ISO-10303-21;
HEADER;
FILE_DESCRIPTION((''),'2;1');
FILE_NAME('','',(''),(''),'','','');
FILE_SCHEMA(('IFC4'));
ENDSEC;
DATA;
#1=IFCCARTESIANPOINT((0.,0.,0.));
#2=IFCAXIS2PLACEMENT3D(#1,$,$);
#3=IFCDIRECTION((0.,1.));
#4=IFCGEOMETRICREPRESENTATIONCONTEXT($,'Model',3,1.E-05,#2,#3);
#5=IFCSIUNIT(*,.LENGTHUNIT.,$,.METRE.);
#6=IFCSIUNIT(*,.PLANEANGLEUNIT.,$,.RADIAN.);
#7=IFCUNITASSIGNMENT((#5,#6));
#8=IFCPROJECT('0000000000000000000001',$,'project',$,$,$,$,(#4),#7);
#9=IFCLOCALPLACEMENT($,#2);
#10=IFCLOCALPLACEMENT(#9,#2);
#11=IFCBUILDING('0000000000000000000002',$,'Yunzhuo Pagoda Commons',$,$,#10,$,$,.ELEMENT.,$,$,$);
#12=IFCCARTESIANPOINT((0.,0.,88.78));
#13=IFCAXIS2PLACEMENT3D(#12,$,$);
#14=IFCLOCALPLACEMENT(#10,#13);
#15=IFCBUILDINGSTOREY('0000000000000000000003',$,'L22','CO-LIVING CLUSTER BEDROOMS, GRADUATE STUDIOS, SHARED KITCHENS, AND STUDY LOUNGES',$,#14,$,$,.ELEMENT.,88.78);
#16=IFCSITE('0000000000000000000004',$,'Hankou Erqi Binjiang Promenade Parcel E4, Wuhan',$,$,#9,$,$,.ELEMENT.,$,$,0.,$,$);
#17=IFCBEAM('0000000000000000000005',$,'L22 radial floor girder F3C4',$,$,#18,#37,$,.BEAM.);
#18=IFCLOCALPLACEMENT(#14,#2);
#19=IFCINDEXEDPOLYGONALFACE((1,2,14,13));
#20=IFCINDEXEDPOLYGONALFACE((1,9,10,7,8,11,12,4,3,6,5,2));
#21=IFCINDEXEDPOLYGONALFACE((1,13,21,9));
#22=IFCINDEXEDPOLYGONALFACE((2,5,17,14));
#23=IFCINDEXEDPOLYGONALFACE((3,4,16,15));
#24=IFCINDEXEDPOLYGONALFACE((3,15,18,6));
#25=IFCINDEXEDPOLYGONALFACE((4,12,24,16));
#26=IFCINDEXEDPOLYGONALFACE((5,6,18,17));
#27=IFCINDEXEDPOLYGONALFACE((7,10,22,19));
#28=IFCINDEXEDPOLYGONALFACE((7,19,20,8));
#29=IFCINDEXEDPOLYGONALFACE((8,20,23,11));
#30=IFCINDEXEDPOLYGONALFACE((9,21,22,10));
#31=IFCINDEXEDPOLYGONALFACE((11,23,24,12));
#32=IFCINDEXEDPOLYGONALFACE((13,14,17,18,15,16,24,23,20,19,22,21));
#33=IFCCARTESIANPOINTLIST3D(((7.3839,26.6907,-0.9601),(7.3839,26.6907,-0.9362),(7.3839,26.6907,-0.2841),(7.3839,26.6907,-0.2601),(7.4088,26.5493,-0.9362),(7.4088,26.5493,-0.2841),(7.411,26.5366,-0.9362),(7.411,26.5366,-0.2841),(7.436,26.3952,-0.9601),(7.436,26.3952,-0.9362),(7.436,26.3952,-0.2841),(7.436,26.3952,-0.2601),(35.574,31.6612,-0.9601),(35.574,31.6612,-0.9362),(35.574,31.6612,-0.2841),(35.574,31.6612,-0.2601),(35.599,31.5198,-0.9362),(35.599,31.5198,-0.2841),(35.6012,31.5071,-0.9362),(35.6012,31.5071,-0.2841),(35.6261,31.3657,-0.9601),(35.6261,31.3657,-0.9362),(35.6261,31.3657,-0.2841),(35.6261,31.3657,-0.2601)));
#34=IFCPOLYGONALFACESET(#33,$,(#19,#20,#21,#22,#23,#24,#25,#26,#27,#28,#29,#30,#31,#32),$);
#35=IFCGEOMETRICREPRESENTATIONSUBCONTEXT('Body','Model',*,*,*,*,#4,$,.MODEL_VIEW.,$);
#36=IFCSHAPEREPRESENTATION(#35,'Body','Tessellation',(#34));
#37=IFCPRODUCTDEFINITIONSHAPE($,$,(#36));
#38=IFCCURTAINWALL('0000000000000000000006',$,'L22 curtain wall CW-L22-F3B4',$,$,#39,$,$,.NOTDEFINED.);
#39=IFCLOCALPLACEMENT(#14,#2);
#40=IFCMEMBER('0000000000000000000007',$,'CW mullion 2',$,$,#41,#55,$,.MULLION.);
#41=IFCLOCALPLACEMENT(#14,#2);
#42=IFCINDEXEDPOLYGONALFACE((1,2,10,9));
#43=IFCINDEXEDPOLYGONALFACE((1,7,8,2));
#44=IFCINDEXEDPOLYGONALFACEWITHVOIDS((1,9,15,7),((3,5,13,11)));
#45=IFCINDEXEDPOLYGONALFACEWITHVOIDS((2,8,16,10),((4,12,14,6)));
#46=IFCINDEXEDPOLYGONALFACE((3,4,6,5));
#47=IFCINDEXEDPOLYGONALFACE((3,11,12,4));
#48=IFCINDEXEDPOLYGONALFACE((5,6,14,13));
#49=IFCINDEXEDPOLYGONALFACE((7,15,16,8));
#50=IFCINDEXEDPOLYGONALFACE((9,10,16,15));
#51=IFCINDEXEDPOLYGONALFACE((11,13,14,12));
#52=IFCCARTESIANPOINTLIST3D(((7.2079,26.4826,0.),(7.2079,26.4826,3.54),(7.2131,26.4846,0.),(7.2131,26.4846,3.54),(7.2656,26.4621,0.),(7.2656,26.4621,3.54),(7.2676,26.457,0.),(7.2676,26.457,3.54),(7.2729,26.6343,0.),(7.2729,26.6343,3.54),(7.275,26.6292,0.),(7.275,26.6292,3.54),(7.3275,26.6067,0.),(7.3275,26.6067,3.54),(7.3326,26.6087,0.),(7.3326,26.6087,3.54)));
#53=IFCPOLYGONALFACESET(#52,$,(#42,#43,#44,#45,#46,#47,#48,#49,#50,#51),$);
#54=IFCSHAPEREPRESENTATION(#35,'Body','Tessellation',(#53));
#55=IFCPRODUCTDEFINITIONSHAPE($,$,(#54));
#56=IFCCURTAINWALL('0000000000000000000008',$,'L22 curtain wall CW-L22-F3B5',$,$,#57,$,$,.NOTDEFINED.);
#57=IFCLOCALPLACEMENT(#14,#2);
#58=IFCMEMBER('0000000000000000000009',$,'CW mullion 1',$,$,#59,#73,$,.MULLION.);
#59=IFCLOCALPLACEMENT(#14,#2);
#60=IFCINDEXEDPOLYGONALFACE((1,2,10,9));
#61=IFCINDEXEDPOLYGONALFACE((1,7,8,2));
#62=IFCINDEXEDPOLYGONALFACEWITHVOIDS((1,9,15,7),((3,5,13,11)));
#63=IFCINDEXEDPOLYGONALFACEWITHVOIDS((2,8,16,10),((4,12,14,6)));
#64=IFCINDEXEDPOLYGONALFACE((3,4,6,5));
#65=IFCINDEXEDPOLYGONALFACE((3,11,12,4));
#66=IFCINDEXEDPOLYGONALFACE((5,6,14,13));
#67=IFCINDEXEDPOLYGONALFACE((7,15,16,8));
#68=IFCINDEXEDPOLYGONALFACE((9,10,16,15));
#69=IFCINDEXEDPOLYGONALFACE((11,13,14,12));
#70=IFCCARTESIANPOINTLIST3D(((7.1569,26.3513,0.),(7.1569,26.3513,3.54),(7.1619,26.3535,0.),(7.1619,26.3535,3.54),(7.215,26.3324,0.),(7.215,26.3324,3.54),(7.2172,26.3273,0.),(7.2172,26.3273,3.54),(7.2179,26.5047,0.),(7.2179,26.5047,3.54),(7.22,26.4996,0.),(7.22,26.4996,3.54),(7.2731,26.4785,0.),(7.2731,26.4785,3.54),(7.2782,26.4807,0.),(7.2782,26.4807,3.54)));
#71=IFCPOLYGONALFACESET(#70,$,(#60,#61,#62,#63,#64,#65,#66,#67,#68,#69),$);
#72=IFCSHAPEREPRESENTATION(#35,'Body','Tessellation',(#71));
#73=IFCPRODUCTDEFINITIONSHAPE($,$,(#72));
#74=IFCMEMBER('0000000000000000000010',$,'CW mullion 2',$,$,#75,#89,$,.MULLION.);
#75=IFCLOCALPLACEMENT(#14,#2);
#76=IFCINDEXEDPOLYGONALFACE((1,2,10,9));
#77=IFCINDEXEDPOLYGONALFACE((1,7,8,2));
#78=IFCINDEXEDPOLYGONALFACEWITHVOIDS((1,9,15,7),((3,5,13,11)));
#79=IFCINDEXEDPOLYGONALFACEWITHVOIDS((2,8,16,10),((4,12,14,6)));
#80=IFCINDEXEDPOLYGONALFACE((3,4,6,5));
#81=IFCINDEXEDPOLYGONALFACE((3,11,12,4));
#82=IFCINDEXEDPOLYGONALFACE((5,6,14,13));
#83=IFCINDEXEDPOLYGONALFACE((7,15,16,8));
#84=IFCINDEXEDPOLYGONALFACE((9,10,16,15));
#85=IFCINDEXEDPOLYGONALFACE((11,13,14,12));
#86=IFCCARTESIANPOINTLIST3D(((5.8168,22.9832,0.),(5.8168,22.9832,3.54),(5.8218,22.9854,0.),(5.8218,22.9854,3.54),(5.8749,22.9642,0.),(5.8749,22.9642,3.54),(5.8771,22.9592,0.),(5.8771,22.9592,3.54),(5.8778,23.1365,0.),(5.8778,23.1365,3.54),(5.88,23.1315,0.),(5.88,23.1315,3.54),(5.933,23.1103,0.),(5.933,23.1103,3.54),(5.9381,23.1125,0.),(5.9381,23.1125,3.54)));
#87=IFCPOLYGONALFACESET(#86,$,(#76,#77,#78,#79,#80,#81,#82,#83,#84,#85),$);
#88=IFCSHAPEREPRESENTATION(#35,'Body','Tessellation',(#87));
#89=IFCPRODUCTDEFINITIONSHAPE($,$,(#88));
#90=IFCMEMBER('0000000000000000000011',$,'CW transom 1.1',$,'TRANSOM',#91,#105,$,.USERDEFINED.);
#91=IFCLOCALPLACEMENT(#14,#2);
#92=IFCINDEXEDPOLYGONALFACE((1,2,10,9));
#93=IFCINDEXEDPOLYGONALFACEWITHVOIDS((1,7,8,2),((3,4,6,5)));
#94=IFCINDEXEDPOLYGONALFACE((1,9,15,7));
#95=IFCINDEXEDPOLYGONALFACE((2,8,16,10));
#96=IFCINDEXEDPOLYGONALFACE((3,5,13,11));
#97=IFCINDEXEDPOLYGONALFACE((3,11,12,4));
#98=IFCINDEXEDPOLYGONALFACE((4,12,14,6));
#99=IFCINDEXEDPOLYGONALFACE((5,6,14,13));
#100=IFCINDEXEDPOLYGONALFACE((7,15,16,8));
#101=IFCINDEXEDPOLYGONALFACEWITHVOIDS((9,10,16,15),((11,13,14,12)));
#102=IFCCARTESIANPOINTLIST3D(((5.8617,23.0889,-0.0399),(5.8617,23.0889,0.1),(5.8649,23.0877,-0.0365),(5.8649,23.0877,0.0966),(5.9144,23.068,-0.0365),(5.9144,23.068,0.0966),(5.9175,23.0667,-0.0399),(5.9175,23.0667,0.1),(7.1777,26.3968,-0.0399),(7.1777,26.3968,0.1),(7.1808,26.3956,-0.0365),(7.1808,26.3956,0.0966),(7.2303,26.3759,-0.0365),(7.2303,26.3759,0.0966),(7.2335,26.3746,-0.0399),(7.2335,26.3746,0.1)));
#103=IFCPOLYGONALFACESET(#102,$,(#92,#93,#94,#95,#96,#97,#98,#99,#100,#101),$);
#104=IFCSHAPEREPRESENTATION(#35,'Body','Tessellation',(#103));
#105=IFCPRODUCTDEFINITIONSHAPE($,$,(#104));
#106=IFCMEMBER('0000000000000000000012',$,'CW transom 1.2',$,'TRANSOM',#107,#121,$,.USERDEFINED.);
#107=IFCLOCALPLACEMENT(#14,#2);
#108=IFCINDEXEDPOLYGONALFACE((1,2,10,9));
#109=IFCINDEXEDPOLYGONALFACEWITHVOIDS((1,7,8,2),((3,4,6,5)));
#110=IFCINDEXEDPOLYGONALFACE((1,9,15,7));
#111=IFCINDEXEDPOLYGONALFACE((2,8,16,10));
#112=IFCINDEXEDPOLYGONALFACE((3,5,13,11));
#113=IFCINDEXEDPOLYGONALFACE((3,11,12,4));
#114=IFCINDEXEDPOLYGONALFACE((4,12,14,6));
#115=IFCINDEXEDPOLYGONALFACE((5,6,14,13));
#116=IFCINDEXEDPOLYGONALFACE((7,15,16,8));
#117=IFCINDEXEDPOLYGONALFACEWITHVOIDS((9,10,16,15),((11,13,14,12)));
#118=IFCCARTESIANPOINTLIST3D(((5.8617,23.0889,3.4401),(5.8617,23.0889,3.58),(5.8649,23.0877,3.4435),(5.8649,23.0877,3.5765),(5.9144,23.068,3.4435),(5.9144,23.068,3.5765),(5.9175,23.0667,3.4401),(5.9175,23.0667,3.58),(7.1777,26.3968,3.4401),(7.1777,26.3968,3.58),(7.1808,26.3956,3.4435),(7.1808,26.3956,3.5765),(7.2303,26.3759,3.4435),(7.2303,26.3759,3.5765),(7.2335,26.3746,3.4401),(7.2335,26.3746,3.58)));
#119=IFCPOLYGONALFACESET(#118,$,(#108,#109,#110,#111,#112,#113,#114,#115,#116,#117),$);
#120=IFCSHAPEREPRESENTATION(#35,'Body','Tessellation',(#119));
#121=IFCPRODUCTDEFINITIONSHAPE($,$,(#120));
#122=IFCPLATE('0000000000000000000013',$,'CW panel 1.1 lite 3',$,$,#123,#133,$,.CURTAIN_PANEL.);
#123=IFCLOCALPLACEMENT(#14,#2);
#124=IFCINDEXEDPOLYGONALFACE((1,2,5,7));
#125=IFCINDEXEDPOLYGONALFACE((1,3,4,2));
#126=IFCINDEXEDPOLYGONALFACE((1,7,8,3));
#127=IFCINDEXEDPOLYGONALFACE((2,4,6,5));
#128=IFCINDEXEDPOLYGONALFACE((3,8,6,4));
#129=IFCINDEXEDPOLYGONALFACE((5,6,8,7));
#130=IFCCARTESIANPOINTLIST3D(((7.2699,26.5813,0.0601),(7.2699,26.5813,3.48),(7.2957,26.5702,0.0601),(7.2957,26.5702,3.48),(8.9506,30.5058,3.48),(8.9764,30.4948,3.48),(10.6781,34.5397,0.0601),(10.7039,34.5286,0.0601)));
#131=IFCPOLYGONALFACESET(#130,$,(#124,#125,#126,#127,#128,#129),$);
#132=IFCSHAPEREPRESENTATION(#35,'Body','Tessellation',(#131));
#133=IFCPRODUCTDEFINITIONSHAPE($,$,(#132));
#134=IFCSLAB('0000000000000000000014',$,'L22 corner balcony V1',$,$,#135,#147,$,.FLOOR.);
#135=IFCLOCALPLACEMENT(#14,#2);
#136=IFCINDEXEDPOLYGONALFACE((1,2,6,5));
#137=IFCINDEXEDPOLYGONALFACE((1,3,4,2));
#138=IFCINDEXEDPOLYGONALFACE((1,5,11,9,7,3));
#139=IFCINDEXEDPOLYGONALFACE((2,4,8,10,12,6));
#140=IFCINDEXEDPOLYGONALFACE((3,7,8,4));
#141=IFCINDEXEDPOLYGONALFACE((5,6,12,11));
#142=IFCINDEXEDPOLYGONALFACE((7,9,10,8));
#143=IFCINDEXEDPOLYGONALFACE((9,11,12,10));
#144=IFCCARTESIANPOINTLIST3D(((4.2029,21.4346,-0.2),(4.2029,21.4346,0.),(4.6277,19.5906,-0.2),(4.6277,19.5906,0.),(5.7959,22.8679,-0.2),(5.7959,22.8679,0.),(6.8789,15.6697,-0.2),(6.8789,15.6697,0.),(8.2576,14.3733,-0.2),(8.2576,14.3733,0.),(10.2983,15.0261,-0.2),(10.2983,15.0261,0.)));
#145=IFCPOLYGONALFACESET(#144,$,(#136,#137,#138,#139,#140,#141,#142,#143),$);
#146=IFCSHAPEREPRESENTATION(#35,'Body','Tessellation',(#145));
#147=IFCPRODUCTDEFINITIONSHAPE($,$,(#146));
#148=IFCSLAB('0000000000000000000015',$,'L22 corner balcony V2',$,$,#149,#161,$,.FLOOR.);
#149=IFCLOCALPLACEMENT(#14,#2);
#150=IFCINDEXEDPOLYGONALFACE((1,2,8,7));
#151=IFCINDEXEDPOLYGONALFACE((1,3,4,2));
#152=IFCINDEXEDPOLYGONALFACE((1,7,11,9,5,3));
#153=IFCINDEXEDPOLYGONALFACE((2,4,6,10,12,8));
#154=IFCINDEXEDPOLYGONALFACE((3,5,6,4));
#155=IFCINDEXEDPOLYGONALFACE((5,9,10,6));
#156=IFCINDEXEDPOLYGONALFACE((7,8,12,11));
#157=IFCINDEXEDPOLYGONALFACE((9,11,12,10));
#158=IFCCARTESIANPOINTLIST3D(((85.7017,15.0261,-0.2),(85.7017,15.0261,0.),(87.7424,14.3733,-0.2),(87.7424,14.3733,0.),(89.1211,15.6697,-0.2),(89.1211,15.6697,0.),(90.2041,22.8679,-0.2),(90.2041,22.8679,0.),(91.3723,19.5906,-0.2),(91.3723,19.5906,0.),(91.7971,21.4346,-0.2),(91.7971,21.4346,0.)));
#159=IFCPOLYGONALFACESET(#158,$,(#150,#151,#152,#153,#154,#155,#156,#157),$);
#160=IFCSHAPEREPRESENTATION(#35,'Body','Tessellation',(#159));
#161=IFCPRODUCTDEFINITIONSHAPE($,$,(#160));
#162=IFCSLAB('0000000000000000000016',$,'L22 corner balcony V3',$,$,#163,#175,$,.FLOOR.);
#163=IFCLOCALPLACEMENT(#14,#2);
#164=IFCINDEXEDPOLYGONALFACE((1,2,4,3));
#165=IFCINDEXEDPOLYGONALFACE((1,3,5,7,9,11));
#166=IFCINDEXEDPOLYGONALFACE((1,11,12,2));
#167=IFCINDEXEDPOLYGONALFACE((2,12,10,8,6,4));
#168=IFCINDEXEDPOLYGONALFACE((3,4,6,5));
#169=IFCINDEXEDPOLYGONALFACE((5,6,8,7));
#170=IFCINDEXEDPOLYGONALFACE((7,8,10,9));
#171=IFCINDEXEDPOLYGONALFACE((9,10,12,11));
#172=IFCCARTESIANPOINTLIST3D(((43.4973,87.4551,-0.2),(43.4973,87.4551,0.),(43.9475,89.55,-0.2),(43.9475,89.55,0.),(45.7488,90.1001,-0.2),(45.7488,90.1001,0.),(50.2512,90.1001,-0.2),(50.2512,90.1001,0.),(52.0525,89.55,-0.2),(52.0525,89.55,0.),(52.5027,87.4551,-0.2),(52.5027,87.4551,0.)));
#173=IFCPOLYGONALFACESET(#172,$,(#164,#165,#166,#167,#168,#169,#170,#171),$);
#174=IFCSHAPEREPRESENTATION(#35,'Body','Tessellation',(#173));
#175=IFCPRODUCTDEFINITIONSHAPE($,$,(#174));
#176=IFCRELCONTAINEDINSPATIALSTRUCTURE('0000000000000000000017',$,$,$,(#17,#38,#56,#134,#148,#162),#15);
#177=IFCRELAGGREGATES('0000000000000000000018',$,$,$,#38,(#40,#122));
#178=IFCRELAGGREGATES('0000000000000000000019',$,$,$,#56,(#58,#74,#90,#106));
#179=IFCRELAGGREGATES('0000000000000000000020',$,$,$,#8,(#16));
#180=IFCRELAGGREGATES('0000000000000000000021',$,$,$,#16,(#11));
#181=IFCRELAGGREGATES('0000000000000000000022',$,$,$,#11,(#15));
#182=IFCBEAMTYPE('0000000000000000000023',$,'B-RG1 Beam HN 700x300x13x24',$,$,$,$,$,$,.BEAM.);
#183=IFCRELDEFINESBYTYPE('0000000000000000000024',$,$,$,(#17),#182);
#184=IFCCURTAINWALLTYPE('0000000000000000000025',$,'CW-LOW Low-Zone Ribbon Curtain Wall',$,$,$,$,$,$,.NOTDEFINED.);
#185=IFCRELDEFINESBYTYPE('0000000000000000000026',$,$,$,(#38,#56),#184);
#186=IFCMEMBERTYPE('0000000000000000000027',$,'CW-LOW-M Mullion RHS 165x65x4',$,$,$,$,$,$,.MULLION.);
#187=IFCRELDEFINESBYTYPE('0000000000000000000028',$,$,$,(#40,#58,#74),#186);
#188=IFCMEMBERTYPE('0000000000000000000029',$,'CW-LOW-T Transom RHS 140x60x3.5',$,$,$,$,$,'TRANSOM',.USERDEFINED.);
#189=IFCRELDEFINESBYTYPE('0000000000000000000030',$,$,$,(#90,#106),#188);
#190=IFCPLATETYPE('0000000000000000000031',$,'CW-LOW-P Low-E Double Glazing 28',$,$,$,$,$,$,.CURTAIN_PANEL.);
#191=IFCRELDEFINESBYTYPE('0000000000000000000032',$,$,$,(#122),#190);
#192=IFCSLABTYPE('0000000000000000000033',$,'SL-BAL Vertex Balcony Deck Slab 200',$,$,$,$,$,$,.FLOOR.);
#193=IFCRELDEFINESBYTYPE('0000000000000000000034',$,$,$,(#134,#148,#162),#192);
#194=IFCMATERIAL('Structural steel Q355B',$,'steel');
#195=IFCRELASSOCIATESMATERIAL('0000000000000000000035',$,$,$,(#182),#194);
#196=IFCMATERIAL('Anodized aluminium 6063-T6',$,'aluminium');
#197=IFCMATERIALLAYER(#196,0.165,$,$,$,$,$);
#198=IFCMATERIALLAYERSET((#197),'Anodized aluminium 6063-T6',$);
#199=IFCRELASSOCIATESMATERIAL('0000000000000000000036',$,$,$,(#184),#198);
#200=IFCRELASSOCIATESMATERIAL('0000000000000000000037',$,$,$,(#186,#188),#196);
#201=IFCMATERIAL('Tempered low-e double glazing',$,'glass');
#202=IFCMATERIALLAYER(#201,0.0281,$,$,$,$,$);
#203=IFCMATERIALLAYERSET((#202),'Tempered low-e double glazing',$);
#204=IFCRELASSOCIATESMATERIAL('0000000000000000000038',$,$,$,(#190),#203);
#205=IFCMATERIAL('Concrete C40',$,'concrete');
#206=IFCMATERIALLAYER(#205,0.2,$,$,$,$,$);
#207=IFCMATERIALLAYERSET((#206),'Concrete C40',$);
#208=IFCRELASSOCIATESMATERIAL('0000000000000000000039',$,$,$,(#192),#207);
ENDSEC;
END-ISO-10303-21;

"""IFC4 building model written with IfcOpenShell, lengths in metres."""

from ifc_helpers import new_model, si_unit, direction, frame, origin, origin_2d, place, context, subcontext, project, spatial, polyline, hollow_rectangle, i_section, outline, extrude, source, transform, mapped, material, layer, layer_set, material_profile, profile_set, type_object, element, aggregate, save


model = new_model("IFC4")

# Units and contexts
model_context = context("Model", 3, precision=1e-05, world=origin(), true_north=direction((0.0, 1.0)))
body_context = subcontext(model_context, "Body", "Model", "MODEL_VIEW")
ifc_project = project(units=[si_unit("LENGTHUNIT", "METRE"), si_unit("PLANEANGLEUNIT", "RADIAN")], contexts=[model_context])

# Site, building, storey
site_placement = place(None, origin())
site = spatial("IfcSite", under=ifc_project, at=site_placement, Name="Hankou Erqi Binjiang Promenade Parcel E4, Wuhan", CompositionType="ELEMENT", RefElevation=0.0)
building_placement = place(site_placement, origin())
building = spatial("IfcBuilding", under=site, at=building_placement, Name="Yunzhuo Pagoda Commons", CompositionType="ELEMENT")
storey_placement = place(building_placement, frame((0.0, 0.0, 88.78)))
storey = spatial("IfcBuildingStorey", under=building, at=storey_placement, Name="L22", Description="CO-LIVING CLUSTER BEDROOMS, GRADUATE STUDIOS, SHARED KITCHENS, AND STUDY LOUNGES", CompositionType="ELEMENT", Elevation=88.78)

# Beam
ifc_material_1 = material(Name="Structural steel Q355B", Category="steel")
ifc_material_profile_1 = material_profile(ifc_material_1, i_section(OverallWidth=0.3, OverallDepth=0.7, WebThickness=0.0129, FlangeThickness=0.0239, at=origin_2d()), Name="Structural steel Q355B")
ifc_profile_set_1 = profile_set([ifc_material_profile_1], Name="Structural steel Q355B")
beam_type = type_object("IfcBeamType", Name="B-RG1 Beam HN 700x300x13x24", PredefinedType="BEAM", material=ifc_profile_set_1)
shared_shape_1 = source(origin(), body_context, "Body", "SweptSolid", [
    extrude(i_section(OverallWidth=0.3, OverallDepth=0.7, WebThickness=0.0129, FlangeThickness=0.0239, at=origin_2d()), origin(), (0.0, 0.0, 1.0), 28.625),
])
beam_placement = place(storey_placement, frame((7.4099, 26.543, -0.6101), z_axis=(0.984809, 0.17364, 0.0), x_axis=(-0.17364, 0.984809, 0.0)))
element("IfcBeam", 1, at=beam_placement, inside=storey, type_object=beam_type, Name="L22 radial floor girder F3C4", PredefinedType="BEAM", context=body_context, shape_type="MappedRepresentation", body=[
    mapped(shared_shape_1, transform((0.0, 0.0, 0.0), scale=1.0)),
])

# Curtain wall, member
ifc_material_2 = material(Name="Anodized aluminium 6063-T6", Category="aluminium")
ifc_layer_1 = layer(ifc_material_2, 0.165)
ifc_layer_set_1 = layer_set([ifc_layer_1], Name="Anodized aluminium 6063-T6")
curtain_wall_type = type_object("IfcCurtainWallType", Name="CW-LOW Low-Zone Ribbon Curtain Wall", PredefinedType="NOTDEFINED", material=ifc_layer_set_1)
curtain_wall_1_placement = place(storey_placement, origin())
curtain_wall_1 = element("IfcCurtainWall", 2, at=curtain_wall_1_placement, inside=storey, type_object=curtain_wall_type, Name="L22 curtain wall CW-L22-F3B4", PredefinedType="NOTDEFINED")
ifc_material_profile_2 = material_profile(ifc_material_2, hollow_rectangle(XDim=0.0649, YDim=0.165, WallThickness=0.0039, at=origin_2d()), Name="Anodized aluminium 6063-T6")
ifc_profile_set_2 = profile_set([ifc_material_profile_2], Name="Anodized aluminium 6063-T6")
member_type_1 = type_object("IfcMemberType", Name="CW-LOW-M Mullion RHS 165x65x4", PredefinedType="MULLION", material=ifc_profile_set_2)
shared_shape_2 = source(origin(), body_context, "Body", "SweptSolid", [
    extrude(hollow_rectangle(XDim=0.0649, YDim=0.165, WallThickness=0.0039, at=origin_2d()), origin(), (0.0, 0.0, 1.0), 3.54),
])
member_1_placement = place(storey_placement, frame((7.2703, 26.5457, 0.0), z_axis=(0.0, 0.0, 1.0), x_axis=(0.91925, -0.393674, 0.0)))
member_1 = element("IfcMember", 3, at=member_1_placement, type_object=member_type_1, Name="CW mullion 2", PredefinedType="MULLION", context=body_context, shape_type="MappedRepresentation", body=[
    mapped(shared_shape_2, transform((0.0, 0.0, 0.0), scale=1.0)),
])

# Curtain wall, members
curtain_wall_2_placement = place(storey_placement, origin())
curtain_wall_2 = element("IfcCurtainWall", 4, at=curtain_wall_2_placement, inside=storey, type_object=curtain_wall_type, Name="L22 curtain wall CW-L22-F3B5", PredefinedType="NOTDEFINED")
member_2_placement = place(storey_placement, frame((7.2175, 26.416, 0.0), z_axis=(0.0, 0.0, 1.0), x_axis=(0.92917, -0.369652, 0.0)))
member_2 = element("IfcMember", 5, at=member_2_placement, type_object=member_type_1, Name="CW mullion 1", PredefinedType="MULLION", context=body_context, shape_type="MappedRepresentation", body=[
    mapped(shared_shape_2, transform((0.0, 0.0, 0.0), scale=1.0)),
])
member_3_placement = place(storey_placement, frame((5.8774, 23.0479, 0.0), z_axis=(0.0, 0.0, 1.0), x_axis=(0.92917, -0.369652, 0.0)))
member_3 = element("IfcMember", 6, at=member_3_placement, type_object=member_type_1, Name="CW mullion 2", PredefinedType="MULLION", context=body_context, shape_type="MappedRepresentation", body=[
    mapped(shared_shape_2, transform((0.0, 0.0, 0.0), scale=1.0)),
])
ifc_material_profile_3 = material_profile(ifc_material_2, hollow_rectangle(XDim=0.0601, YDim=0.1399, WallThickness=0.0034, at=origin_2d()), Name="Anodized aluminium 6063-T6")
ifc_profile_set_3 = profile_set([ifc_material_profile_3], Name="Anodized aluminium 6063-T6")
member_type_2 = type_object("IfcMemberType", Name="CW-LOW-T Transom RHS 140x60x3.5", ElementType="TRANSOM", PredefinedType="USERDEFINED", material=ifc_profile_set_3)
shared_shape_3 = source(origin(), body_context, "Body", "SweptSolid", [
    extrude(hollow_rectangle(XDim=0.0601, YDim=0.1399, WallThickness=0.0034, at=origin_2d()), origin(), (0.0, 0.0, 1.0), 3.5601),
])
member_4_placement = place(storey_placement, frame((7.2056, 26.3857, 0.03), z_axis=(-0.36964, -0.929175, 0.0), x_axis=(0.929175, -0.36964, 0.0)))
member_4 = element("IfcMember", 7, at=member_4_placement, type_object=member_type_2, Name="CW transom 1.1", ObjectType="TRANSOM", PredefinedType="USERDEFINED", context=body_context, shape_type="MappedRepresentation", body=[
    mapped(shared_shape_3, transform((0.0, 0.0, 0.0), scale=1.0)),
])
member_5_placement = place(storey_placement, frame((7.2056, 26.3857, 3.51), z_axis=(-0.36964, -0.929175, 0.0), x_axis=(0.929175, -0.36964, 0.0)))
member_5 = element("IfcMember", 8, at=member_5_placement, type_object=member_type_2, Name="CW transom 1.2", ObjectType="TRANSOM", PredefinedType="USERDEFINED", context=body_context, shape_type="MappedRepresentation", body=[
    mapped(shared_shape_3, transform((0.0, 0.0, 0.0), scale=1.0)),
])

# Plate
ifc_material_3 = material(Name="Tempered low-e double glazing", Category="glass")
ifc_layer_2 = layer(ifc_material_3, 0.0281)
ifc_layer_set_2 = layer_set([ifc_layer_2], Name="Tempered low-e double glazing")
plate_type_1 = type_object("IfcPlateType", Name="CW-LOW-P Low-E Double Glazing 28", PredefinedType="CURTAIN_PANEL", material=ifc_layer_set_2)
plate_1_placement = place(storey_placement, frame((8.9998, 30.5493, 1.77), z_axis=(-0.91925, 0.393674, 0.0), x_axis=(-0.393674, -0.91925, 0.0)))
plate_1 = element("IfcPlate", 9, at=plate_1_placement, type_object=plate_type_1, Name="CW panel 1.1 lite 3", PredefinedType="CURTAIN_PANEL", context=body_context, shape_type="SweptSolid", body=[
    extrude(outline(polyline([(-4.3289, -1.71), (4.3286, -1.71), (4.3286, 1.71), (0.0593, 1.71), (-4.3289, -1.71)])), origin(), (0.0, 0.0, 1.0), 0.0281),
])
aggregate(curtain_wall_1, [member_1, plate_1])

# Slabs
ifc_material_4 = material(Name="Concrete C40", Category="concrete")
ifc_layer_3 = layer(ifc_material_4, 0.2)
ifc_layer_set_3 = layer_set([ifc_layer_3], Name="Concrete C40")
slab_type_1 = type_object("IfcSlabType", Name="SL-BAL Vertex Balcony Deck Slab 200", PredefinedType="FLOOR", material=ifc_layer_set_3)
slab_1_placement = place(storey_placement, frame((0.0, 0.0, -0.2)))
element("IfcSlab", 10, at=slab_1_placement, inside=storey, type_object=slab_type_1, Name="L22 corner balcony V1", PredefinedType="FLOOR", context=body_context, shape_type="SweptSolid", body=[
    extrude(outline(polyline([(5.7959, 22.8679), (10.2983, 15.0261), (8.2576, 14.3733), (6.8789, 15.6697), (4.6277, 19.5906), (4.2029, 21.4346), (5.7959, 22.8679)])), origin(), (0.0, 0.0, 1.0), 0.2),
])
slab_2_placement = place(storey_placement, frame((0.0, 0.0, -0.2)))
element("IfcSlab", 11, at=slab_2_placement, inside=storey, type_object=slab_type_1, Name="L22 corner balcony V2", PredefinedType="FLOOR", context=body_context, shape_type="SweptSolid", body=[
    extrude(outline(polyline([(85.7017, 15.0261), (90.2041, 22.8679), (91.7971, 21.4346), (91.3723, 19.5906), (89.1211, 15.6697), (87.7424, 14.3733), (85.7017, 15.0261)])), origin(), (0.0, 0.0, 1.0), 0.2),
])
slab_3_placement = place(storey_placement, frame((0.0, 0.0, -0.2)))
element("IfcSlab", 12, at=slab_3_placement, inside=storey, type_object=slab_type_1, Name="L22 corner balcony V3", PredefinedType="FLOOR", context=body_context, shape_type="SweptSolid", body=[
    extrude(outline(polyline([(52.5027, 87.4551), (43.4973, 87.4551), (43.9475, 89.55), (45.7488, 90.1001), (50.2512, 90.1001), (52.0525, 89.55), (52.5027, 87.4551)])), origin(), (0.0, 0.0, 1.0), 0.2),
])

aggregate(curtain_wall_2, [member_2, member_3, member_4, member_5])

save(model, "model.ifc")
